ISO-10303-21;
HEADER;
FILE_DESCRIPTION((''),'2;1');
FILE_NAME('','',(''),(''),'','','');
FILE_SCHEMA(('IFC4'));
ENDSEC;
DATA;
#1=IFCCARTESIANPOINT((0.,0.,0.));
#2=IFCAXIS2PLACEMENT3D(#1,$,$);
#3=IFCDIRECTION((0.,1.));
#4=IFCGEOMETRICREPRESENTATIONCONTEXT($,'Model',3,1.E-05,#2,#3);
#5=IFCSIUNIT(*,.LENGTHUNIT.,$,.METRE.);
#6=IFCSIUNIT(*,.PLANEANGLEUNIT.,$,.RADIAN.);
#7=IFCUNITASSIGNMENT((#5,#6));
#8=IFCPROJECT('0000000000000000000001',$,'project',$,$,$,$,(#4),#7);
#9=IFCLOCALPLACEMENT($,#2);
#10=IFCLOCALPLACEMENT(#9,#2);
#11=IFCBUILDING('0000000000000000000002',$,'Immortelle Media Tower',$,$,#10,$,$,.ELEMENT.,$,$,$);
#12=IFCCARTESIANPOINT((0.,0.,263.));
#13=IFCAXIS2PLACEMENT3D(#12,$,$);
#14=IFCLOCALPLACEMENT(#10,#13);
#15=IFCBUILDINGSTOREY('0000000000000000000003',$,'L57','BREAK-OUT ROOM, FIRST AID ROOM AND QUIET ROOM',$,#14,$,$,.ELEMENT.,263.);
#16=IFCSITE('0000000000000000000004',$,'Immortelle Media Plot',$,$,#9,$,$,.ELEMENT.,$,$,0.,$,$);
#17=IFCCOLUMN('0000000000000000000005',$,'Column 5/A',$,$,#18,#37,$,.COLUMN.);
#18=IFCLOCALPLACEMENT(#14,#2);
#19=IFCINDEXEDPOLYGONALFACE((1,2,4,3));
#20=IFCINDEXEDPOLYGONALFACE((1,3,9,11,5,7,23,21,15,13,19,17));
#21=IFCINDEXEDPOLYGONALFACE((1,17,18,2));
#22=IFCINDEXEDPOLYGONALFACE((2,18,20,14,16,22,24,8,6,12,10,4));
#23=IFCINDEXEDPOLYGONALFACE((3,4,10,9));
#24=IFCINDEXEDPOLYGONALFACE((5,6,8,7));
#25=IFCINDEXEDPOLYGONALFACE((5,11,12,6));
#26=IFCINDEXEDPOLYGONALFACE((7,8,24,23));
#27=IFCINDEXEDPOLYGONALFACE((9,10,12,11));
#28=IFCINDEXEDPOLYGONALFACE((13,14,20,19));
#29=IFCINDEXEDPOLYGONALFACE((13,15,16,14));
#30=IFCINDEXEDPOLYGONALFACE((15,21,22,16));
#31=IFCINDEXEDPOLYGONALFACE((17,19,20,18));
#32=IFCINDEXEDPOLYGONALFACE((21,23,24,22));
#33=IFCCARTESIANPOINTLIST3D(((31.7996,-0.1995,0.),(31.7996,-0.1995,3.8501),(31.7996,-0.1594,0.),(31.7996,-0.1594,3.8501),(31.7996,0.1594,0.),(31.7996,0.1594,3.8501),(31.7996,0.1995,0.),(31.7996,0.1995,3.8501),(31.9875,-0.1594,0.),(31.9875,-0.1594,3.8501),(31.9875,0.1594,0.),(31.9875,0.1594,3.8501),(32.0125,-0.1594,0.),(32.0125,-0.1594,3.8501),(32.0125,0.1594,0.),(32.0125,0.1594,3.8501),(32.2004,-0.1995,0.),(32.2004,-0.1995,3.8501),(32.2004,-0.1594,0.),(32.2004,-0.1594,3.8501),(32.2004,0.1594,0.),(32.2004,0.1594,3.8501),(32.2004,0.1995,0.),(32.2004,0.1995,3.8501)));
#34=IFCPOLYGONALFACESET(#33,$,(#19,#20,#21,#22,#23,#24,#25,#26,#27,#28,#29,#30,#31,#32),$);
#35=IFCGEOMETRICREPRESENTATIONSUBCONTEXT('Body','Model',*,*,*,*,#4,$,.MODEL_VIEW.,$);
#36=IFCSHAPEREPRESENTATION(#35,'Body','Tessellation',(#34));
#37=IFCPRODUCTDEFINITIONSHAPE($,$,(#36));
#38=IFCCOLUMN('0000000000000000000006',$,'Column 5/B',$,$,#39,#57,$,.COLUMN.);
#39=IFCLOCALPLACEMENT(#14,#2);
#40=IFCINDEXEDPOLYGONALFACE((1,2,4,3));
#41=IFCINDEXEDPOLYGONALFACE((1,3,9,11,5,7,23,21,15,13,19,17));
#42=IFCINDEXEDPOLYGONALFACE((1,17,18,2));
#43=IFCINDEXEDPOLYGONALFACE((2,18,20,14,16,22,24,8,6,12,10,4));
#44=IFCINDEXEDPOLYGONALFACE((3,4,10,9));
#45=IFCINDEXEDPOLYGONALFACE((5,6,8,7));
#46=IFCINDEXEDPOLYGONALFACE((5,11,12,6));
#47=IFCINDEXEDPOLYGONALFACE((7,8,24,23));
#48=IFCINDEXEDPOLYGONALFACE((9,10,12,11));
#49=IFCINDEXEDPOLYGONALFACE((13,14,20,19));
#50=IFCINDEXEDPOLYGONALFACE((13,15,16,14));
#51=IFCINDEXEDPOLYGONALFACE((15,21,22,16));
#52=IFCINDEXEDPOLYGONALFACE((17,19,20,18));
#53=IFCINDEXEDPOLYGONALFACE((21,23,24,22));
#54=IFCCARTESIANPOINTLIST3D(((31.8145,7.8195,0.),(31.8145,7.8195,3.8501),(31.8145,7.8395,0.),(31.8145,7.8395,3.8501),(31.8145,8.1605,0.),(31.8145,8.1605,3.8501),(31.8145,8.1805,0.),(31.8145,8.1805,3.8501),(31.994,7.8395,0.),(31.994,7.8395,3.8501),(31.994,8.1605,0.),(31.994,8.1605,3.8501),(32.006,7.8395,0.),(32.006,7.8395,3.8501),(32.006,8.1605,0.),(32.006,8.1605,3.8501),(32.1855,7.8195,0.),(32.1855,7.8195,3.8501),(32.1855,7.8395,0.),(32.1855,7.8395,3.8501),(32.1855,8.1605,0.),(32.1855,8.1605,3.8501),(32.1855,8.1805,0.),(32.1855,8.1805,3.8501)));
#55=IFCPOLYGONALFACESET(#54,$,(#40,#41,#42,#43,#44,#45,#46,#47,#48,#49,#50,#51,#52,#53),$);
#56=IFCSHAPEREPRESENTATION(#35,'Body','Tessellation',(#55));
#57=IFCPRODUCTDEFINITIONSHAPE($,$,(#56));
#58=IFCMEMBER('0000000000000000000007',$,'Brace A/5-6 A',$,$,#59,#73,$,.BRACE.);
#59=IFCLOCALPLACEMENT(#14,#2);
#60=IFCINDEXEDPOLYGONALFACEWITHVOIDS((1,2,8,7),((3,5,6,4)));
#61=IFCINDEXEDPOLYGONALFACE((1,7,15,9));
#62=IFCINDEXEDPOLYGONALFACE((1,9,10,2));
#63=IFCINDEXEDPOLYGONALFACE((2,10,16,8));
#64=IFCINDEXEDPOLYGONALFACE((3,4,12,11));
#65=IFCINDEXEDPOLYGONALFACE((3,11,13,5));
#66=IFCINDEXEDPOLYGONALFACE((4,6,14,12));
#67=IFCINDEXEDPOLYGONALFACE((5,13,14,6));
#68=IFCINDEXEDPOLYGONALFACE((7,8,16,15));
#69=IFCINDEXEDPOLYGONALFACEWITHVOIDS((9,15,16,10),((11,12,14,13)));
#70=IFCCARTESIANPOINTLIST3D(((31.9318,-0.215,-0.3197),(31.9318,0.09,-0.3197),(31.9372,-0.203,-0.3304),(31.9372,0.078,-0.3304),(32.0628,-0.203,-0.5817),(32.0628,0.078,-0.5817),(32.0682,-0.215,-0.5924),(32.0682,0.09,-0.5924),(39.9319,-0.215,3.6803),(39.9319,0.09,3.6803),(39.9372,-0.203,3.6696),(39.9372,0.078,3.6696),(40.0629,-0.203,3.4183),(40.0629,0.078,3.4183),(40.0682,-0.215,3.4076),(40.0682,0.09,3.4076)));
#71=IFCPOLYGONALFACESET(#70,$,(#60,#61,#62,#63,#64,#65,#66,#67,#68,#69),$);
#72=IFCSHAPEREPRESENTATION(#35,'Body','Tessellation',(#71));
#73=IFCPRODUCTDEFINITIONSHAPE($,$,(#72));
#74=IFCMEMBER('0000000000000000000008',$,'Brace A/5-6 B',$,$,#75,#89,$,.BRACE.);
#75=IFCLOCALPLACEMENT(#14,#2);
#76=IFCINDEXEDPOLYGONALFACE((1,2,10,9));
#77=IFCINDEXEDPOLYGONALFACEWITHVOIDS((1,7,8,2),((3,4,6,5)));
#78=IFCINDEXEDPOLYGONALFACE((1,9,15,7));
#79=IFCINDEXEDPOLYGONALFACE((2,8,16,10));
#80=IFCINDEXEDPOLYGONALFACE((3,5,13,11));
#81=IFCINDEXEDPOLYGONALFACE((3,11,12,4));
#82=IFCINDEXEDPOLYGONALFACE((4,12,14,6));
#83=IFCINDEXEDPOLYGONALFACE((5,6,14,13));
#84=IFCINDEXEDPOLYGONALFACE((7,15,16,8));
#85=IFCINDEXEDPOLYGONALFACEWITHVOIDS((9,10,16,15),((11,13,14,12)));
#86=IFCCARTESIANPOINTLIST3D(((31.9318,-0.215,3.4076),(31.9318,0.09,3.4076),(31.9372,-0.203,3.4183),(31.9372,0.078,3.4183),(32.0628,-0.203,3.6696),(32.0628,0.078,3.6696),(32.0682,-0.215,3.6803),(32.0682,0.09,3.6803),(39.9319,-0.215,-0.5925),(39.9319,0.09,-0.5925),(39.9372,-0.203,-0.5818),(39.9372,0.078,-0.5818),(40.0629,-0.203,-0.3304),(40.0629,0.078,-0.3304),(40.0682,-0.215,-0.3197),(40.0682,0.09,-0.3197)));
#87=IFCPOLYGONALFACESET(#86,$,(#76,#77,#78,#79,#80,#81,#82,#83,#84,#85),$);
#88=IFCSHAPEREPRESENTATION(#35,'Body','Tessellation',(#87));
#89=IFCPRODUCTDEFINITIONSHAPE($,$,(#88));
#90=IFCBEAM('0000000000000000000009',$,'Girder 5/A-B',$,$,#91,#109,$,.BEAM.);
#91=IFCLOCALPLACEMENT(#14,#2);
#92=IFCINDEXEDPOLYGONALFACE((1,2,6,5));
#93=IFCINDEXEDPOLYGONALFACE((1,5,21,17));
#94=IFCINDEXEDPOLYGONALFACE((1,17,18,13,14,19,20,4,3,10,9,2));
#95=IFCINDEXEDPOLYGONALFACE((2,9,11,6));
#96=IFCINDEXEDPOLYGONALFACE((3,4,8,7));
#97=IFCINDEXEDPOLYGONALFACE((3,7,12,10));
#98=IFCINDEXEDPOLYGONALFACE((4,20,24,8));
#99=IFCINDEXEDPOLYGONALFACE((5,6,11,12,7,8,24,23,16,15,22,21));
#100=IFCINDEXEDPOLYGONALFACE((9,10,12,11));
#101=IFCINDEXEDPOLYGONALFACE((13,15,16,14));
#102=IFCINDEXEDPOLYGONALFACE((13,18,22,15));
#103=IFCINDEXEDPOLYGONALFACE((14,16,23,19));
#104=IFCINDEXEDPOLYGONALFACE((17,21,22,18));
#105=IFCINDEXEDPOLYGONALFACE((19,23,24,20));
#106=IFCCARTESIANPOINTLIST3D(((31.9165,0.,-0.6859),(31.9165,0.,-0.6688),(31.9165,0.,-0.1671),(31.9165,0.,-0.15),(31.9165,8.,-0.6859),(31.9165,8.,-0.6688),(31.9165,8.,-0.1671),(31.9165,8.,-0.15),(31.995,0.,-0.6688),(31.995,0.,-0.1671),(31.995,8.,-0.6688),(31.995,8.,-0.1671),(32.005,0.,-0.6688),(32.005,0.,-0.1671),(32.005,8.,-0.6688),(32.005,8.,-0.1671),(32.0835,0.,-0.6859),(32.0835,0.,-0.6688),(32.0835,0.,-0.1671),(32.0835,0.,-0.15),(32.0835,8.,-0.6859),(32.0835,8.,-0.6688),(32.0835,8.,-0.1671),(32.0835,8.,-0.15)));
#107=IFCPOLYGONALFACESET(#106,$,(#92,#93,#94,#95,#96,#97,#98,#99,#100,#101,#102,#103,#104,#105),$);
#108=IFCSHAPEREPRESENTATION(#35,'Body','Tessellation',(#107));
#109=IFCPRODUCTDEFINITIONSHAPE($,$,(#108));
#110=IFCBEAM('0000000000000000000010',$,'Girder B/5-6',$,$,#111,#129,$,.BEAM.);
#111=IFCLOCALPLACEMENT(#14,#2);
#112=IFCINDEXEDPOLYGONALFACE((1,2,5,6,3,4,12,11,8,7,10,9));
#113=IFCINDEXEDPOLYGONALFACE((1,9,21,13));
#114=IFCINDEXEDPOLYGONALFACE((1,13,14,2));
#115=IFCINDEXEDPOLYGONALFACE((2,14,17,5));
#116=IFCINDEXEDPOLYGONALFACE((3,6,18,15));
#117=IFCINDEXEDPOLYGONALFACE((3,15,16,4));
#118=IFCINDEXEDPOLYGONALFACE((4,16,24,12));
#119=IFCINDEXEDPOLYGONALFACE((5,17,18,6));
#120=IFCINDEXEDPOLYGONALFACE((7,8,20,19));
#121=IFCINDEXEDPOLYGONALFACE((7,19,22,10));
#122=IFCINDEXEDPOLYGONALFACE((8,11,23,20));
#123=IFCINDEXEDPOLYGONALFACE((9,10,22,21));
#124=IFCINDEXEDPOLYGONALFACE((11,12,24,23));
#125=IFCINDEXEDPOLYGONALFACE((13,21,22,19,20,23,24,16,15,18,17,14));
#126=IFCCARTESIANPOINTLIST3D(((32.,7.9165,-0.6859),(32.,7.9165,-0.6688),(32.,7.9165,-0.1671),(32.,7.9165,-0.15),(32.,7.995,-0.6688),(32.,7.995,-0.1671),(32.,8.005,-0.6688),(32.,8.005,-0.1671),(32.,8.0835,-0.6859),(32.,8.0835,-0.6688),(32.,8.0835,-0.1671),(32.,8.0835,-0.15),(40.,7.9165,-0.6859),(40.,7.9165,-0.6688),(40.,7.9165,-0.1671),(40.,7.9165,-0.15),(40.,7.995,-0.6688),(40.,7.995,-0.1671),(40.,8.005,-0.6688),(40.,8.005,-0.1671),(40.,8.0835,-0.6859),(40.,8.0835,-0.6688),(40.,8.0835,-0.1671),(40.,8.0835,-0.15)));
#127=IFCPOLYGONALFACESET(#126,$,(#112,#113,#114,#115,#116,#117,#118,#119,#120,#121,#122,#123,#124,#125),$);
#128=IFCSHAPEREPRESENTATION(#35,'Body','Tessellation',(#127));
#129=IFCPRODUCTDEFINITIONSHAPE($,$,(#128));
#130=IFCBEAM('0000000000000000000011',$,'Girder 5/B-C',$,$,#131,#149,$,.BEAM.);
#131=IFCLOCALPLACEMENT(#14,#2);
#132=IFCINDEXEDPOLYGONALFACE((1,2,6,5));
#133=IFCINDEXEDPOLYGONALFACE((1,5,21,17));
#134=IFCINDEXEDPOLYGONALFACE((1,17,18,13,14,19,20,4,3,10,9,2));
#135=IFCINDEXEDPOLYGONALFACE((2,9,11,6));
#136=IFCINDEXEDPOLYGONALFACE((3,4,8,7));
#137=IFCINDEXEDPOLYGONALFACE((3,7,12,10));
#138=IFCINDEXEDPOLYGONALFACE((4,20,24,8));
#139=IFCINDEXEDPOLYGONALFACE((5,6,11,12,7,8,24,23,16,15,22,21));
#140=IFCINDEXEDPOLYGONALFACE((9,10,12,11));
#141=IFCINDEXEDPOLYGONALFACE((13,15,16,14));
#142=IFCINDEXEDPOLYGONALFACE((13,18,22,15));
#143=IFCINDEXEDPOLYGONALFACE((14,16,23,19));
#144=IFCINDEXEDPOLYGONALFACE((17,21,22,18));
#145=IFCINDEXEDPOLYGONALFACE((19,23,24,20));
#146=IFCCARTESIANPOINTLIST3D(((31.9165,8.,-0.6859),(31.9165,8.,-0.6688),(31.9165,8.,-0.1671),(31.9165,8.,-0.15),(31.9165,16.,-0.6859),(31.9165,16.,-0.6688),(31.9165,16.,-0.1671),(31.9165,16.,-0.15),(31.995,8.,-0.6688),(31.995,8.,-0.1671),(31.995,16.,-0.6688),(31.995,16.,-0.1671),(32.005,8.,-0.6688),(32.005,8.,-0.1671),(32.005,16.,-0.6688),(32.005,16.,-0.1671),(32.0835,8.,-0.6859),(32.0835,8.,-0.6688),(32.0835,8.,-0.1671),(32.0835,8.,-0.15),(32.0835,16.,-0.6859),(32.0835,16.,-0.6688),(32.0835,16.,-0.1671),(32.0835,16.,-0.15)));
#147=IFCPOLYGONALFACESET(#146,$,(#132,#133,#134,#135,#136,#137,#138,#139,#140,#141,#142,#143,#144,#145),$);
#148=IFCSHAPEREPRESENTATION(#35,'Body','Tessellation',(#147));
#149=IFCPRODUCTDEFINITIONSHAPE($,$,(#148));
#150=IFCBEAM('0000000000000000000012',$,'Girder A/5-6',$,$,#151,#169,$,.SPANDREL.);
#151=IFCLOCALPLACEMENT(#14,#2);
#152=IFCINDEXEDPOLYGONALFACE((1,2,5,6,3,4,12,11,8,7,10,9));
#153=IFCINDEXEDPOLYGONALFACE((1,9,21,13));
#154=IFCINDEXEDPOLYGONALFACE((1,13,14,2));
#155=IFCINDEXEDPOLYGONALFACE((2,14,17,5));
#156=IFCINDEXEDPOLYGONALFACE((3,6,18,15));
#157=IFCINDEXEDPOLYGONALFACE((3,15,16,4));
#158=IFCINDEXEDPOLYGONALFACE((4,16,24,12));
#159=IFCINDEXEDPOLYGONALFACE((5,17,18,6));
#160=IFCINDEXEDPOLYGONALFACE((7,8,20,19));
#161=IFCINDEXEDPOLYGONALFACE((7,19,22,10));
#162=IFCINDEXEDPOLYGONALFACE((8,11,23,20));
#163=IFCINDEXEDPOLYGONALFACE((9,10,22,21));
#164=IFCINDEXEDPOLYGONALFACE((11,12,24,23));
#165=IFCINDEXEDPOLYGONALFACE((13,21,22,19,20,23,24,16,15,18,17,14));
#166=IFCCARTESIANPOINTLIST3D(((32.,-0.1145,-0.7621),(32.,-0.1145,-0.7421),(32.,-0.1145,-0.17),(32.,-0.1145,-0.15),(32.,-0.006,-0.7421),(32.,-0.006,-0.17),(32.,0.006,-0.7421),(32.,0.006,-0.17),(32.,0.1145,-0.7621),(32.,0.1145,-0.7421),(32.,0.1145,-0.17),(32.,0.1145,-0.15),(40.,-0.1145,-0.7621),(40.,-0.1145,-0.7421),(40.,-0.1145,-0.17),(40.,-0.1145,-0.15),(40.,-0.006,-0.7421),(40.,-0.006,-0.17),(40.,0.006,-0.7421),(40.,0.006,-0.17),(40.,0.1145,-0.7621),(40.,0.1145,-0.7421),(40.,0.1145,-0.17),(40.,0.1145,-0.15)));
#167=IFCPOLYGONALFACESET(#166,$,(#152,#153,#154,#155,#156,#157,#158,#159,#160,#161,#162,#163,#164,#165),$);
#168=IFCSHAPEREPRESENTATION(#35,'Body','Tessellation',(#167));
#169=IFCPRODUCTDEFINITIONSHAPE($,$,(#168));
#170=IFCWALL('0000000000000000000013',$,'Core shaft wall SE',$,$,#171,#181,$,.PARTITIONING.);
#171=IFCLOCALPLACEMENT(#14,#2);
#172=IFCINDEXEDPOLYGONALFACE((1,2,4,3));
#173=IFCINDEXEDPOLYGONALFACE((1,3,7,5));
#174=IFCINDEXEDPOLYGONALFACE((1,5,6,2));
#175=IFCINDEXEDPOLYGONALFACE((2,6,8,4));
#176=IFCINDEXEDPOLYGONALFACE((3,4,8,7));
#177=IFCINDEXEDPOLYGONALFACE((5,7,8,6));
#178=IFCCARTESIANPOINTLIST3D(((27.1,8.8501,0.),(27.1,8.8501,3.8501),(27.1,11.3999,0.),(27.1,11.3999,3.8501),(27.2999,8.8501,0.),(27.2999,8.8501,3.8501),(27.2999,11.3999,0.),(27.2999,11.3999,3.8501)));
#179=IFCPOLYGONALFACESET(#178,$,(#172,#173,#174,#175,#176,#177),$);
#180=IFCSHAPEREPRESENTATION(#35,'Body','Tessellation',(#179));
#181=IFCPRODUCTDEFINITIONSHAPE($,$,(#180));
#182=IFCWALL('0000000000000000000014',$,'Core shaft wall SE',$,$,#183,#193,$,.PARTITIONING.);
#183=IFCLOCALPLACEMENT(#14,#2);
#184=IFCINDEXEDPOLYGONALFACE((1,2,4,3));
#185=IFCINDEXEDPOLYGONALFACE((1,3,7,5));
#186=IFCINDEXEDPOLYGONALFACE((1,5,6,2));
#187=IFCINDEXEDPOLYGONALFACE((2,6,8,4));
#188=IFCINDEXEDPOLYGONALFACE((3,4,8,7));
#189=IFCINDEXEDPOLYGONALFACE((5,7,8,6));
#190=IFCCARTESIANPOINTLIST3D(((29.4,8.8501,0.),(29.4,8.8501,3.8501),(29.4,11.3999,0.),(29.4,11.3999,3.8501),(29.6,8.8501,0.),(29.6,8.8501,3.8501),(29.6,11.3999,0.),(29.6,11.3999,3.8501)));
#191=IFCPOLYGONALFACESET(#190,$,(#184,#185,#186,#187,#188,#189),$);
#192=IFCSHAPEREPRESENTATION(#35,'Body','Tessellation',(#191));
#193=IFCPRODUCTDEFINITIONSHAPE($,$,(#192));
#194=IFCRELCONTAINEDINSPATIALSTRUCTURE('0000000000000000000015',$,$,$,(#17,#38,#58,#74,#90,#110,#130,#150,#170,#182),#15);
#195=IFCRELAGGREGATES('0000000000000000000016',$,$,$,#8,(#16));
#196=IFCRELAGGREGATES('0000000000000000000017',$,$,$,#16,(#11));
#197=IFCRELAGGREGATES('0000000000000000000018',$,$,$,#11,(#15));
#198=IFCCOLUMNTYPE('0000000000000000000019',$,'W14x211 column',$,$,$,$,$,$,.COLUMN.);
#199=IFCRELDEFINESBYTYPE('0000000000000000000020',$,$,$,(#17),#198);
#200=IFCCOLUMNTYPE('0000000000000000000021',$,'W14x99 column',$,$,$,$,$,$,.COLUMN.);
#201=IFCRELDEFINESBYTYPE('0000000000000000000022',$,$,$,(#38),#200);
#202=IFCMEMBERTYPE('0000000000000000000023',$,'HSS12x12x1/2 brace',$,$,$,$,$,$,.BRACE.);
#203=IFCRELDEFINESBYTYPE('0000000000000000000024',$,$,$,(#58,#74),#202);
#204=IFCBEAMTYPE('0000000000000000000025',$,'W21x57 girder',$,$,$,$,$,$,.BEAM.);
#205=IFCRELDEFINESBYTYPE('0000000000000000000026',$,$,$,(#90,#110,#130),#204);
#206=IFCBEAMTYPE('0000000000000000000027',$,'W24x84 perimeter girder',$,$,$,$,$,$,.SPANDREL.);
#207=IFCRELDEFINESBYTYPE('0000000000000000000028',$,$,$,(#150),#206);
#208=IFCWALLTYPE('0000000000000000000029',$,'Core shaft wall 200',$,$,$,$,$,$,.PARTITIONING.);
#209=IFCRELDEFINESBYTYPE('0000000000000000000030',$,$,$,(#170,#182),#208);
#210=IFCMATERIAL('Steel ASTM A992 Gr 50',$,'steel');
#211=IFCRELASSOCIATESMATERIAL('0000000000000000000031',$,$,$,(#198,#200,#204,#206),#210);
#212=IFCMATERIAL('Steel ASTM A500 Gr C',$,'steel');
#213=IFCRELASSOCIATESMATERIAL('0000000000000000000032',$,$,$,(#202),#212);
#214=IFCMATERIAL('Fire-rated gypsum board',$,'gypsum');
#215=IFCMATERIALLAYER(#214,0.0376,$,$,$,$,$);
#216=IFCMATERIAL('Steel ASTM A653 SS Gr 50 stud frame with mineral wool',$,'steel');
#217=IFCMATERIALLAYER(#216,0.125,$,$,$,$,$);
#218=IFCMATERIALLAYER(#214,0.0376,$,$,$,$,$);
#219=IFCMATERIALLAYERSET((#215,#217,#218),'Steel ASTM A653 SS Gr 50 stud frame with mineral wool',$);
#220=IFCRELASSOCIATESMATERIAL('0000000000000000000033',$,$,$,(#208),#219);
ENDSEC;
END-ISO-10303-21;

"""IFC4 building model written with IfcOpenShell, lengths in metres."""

from ifc_helpers import new_model, si_unit, direction, frame, frame_2d, origin, origin_2d, place, context, subcontext, project, spatial, rectangle, hollow_rectangle, i_section, extrude, material, layer, layer_set, material_profile, profile_set, type_object, element, save


model = new_model("IFC4")

# Units and contexts
model_context = context("Model", 3, precision=1e-05, world=origin(), true_north=direction((0.0, 1.0)))
body_context = subcontext(model_context, "Body", "Model", "MODEL_VIEW")
ifc_project = project(units=[si_unit("LENGTHUNIT", "METRE"), si_unit("PLANEANGLEUNIT", "RADIAN")], contexts=[model_context])

# Site, building, storey
site_placement = place(None, origin())
site = spatial("IfcSite", under=ifc_project, at=site_placement, Name="Immortelle Media Plot", CompositionType="ELEMENT", RefElevation=0.0)
building_placement = place(site_placement, origin())
building = spatial("IfcBuilding", under=site, at=building_placement, Name="Immortelle Media Tower", CompositionType="ELEMENT")
storey_placement = place(building_placement, frame((0.0, 0.0, 263.0)))
storey = spatial("IfcBuildingStorey", under=building, at=storey_placement, Name="L57", Description="BREAK-OUT ROOM, FIRST AID ROOM AND QUIET ROOM", CompositionType="ELEMENT", Elevation=263.0)

# Columns
ifc_material_1 = material(Name="Steel ASTM A992 Gr 50", Category="steel")
ifc_material_profile_1 = material_profile(ifc_material_1, i_section(OverallWidth=0.4009, OverallDepth=0.3989, WebThickness=0.0249, FlangeThickness=0.04, at=origin_2d()), Name="W14x211")
ifc_profile_set_1 = profile_set([ifc_material_profile_1], Name="Steel ASTM A992 Gr 50")
column_type_1 = type_object("IfcColumnType", Name="W14x211 column", PredefinedType="COLUMN", material=ifc_profile_set_1)
column_1_placement = place(storey_placement, frame((32.0, 0.0, 0.0), z_axis=(0.0, 0.0, 1.0), x_axis=(1.0, 0.0, 0.0)))
element("IfcColumn", 1, at=column_1_placement, inside=storey, type_object=column_type_1, Name="Column 5/A", PredefinedType="COLUMN", context=body_context, shape_type="SweptSolid", body=[
    extrude(i_section(OverallWidth=0.4009, OverallDepth=0.3989, WebThickness=0.0249, FlangeThickness=0.04, at=origin_2d()), origin(), (0.0, 0.0, 1.0), 3.8501),
])
ifc_material_profile_2 = material_profile(ifc_material_1, i_section(OverallWidth=0.3711, OverallDepth=0.3611, WebThickness=0.012, FlangeThickness=0.02, at=origin_2d()), Name="W14x99")
ifc_profile_set_2 = profile_set([ifc_material_profile_2], Name="Steel ASTM A992 Gr 50")
column_type_2 = type_object("IfcColumnType", Name="W14x99 column", PredefinedType="COLUMN", material=ifc_profile_set_2)
column_2_placement = place(storey_placement, frame((32.0, 8.0, 0.0), z_axis=(0.0, 0.0, 1.0), x_axis=(1.0, 0.0, 0.0)))
element("IfcColumn", 2, at=column_2_placement, inside=storey, type_object=column_type_2, Name="Column 5/B", PredefinedType="COLUMN", context=body_context, shape_type="SweptSolid", body=[
    extrude(i_section(OverallWidth=0.3711, OverallDepth=0.3611, WebThickness=0.012, FlangeThickness=0.02, at=origin_2d()), origin(), (0.0, 0.0, 1.0), 3.8501),
])

# Members
ifc_material_2 = material(Name="Steel ASTM A500 Gr C", Category="steel")
ifc_material_profile_3 = material_profile(ifc_material_2, hollow_rectangle(XDim=0.3049, YDim=0.3049, WallThickness=0.012, at=origin_2d()), Name="HSS12x12x1/2 brace")
ifc_profile_set_3 = profile_set([ifc_material_profile_3], Name="Steel ASTM A500 Gr C")
member_type = type_object("IfcMemberType", Name="HSS12x12x1/2 brace", PredefinedType="BRACE", material=ifc_profile_set_3)
for number, where, z_axis, x_axis, name in (
    (3, (32.0, -0.0625, -0.4561), (0.894427, 0.0, 0.447214), (0.0, 1.0, 0.0), "Brace A/5-6 A"),
    (4, (32.0, -0.0625, 3.5439), (0.894427, 0.0, -0.447214), (0.0, 1.0, 0.0), "Brace A/5-6 B"),
):
    element("IfcMember", number, at=place(storey_placement, frame(where, z_axis=z_axis, x_axis=x_axis)), inside=storey, type_object=member_type, Name=name, PredefinedType="BRACE", context=body_context, shape_type="SweptSolid", body=[
        extrude(hollow_rectangle(XDim=0.3049, YDim=0.3049, WallThickness=0.012, at=origin_2d()), origin(), (0.0, 0.0, 1.0), 8.9443),
    ])

# Beams
ifc_material_profile_4 = material_profile(ifc_material_1, i_section(OverallWidth=0.167, OverallDepth=0.5359, WebThickness=0.01, FlangeThickness=0.0171, at=origin_2d()), Name="W21x57")
ifc_profile_set_4 = profile_set([ifc_material_profile_4], Name="Steel ASTM A992 Gr 50")
beam_type_1 = type_object("IfcBeamType", Name="W21x57 girder", PredefinedType="BEAM", material=ifc_profile_set_4)
for number, where, z_axis, x_axis, name in (
    (5, (32.0, 0.0, -0.418), (0.0, 1.0, 0.0), (-1.0, 0.0, 0.0), "Girder 5/A-B"),
    (6, (32.0, 8.0, -0.418), (1.0, 0.0, 0.0), (0.0, 1.0, 0.0), "Girder B/5-6"),
    (7, (32.0, 8.0, -0.418), (0.0, 1.0, 0.0), (-1.0, 0.0, 0.0), "Girder 5/B-C"),
):
    element("IfcBeam", number, at=place(storey_placement, frame(where, z_axis=z_axis, x_axis=x_axis)), inside=storey, type_object=beam_type_1, Name=name, PredefinedType="BEAM", context=body_context, shape_type="SweptSolid", body=[
        extrude(i_section(OverallWidth=0.167, OverallDepth=0.5359, WebThickness=0.01, FlangeThickness=0.0171, at=origin_2d()), origin(), (0.0, 0.0, 1.0), 8.0),
    ])
ifc_material_profile_5 = material_profile(ifc_material_1, i_section(OverallWidth=0.229, OverallDepth=0.6121, WebThickness=0.012, FlangeThickness=0.02, at=origin_2d()), Name="W24x84")
ifc_profile_set_5 = profile_set([ifc_material_profile_5], Name="Steel ASTM A992 Gr 50")
beam_type_2 = type_object("IfcBeamType", Name="W24x84 perimeter girder", PredefinedType="SPANDREL", material=ifc_profile_set_5)
beam_placement = place(storey_placement, frame((32.0, 0.0, -0.4561), z_axis=(1.0, 0.0, 0.0), x_axis=(0.0, 1.0, 0.0)))
element("IfcBeam", 8, at=beam_placement, inside=storey, type_object=beam_type_2, Name="Girder A/5-6", PredefinedType="SPANDREL", context=body_context, shape_type="SweptSolid", body=[
    extrude(i_section(OverallWidth=0.229, OverallDepth=0.6121, WebThickness=0.012, FlangeThickness=0.02, at=origin_2d()), origin(), (0.0, 0.0, 1.0), 8.0),
])

# Walls
ifc_material_3 = material(Name="Fire-rated gypsum board", Category="gypsum")
ifc_layer_1 = layer(ifc_material_3, 0.0376)
ifc_material_4 = material(Name="Steel ASTM A653 SS Gr 50 stud frame with mineral wool", Category="steel")
ifc_layer_2 = layer(ifc_material_4, 0.125)
ifc_layer_3 = layer(ifc_material_3, 0.0376)
ifc_layer_set_1 = layer_set([ifc_layer_1, ifc_layer_2, ifc_layer_3], Name="Steel ASTM A653 SS Gr 50 stud frame with mineral wool")
wall_type_1 = type_object("IfcWallType", Name="Core shaft wall 200", PredefinedType="PARTITIONING", material=ifc_layer_set_1)
for number, where, z_axis, x_axis, name in (
    (9, (27.2, 8.8501, 0.0), (0.0, 0.0, 1.0), (0.0, 1.0, 0.0), "Core shaft wall SE"),
    (10, (29.5, 8.8501, 0.0), (0.0, 0.0, 1.0), (0.0, 1.0, 0.0), "Core shaft wall SE"),
):
    element("IfcWall", number, at=place(storey_placement, frame(where, z_axis=z_axis, x_axis=x_axis)), inside=storey, type_object=wall_type_1, Name=name, PredefinedType="PARTITIONING", context=body_context, shape_type="SweptSolid", body=[
        extrude(rectangle(XDim=2.5498, YDim=0.2, at=frame_2d((1.2749, 0.0))), origin(), (0.0, 0.0, 1.0), 3.8501),
    ])

save(model, "model.ifc")
